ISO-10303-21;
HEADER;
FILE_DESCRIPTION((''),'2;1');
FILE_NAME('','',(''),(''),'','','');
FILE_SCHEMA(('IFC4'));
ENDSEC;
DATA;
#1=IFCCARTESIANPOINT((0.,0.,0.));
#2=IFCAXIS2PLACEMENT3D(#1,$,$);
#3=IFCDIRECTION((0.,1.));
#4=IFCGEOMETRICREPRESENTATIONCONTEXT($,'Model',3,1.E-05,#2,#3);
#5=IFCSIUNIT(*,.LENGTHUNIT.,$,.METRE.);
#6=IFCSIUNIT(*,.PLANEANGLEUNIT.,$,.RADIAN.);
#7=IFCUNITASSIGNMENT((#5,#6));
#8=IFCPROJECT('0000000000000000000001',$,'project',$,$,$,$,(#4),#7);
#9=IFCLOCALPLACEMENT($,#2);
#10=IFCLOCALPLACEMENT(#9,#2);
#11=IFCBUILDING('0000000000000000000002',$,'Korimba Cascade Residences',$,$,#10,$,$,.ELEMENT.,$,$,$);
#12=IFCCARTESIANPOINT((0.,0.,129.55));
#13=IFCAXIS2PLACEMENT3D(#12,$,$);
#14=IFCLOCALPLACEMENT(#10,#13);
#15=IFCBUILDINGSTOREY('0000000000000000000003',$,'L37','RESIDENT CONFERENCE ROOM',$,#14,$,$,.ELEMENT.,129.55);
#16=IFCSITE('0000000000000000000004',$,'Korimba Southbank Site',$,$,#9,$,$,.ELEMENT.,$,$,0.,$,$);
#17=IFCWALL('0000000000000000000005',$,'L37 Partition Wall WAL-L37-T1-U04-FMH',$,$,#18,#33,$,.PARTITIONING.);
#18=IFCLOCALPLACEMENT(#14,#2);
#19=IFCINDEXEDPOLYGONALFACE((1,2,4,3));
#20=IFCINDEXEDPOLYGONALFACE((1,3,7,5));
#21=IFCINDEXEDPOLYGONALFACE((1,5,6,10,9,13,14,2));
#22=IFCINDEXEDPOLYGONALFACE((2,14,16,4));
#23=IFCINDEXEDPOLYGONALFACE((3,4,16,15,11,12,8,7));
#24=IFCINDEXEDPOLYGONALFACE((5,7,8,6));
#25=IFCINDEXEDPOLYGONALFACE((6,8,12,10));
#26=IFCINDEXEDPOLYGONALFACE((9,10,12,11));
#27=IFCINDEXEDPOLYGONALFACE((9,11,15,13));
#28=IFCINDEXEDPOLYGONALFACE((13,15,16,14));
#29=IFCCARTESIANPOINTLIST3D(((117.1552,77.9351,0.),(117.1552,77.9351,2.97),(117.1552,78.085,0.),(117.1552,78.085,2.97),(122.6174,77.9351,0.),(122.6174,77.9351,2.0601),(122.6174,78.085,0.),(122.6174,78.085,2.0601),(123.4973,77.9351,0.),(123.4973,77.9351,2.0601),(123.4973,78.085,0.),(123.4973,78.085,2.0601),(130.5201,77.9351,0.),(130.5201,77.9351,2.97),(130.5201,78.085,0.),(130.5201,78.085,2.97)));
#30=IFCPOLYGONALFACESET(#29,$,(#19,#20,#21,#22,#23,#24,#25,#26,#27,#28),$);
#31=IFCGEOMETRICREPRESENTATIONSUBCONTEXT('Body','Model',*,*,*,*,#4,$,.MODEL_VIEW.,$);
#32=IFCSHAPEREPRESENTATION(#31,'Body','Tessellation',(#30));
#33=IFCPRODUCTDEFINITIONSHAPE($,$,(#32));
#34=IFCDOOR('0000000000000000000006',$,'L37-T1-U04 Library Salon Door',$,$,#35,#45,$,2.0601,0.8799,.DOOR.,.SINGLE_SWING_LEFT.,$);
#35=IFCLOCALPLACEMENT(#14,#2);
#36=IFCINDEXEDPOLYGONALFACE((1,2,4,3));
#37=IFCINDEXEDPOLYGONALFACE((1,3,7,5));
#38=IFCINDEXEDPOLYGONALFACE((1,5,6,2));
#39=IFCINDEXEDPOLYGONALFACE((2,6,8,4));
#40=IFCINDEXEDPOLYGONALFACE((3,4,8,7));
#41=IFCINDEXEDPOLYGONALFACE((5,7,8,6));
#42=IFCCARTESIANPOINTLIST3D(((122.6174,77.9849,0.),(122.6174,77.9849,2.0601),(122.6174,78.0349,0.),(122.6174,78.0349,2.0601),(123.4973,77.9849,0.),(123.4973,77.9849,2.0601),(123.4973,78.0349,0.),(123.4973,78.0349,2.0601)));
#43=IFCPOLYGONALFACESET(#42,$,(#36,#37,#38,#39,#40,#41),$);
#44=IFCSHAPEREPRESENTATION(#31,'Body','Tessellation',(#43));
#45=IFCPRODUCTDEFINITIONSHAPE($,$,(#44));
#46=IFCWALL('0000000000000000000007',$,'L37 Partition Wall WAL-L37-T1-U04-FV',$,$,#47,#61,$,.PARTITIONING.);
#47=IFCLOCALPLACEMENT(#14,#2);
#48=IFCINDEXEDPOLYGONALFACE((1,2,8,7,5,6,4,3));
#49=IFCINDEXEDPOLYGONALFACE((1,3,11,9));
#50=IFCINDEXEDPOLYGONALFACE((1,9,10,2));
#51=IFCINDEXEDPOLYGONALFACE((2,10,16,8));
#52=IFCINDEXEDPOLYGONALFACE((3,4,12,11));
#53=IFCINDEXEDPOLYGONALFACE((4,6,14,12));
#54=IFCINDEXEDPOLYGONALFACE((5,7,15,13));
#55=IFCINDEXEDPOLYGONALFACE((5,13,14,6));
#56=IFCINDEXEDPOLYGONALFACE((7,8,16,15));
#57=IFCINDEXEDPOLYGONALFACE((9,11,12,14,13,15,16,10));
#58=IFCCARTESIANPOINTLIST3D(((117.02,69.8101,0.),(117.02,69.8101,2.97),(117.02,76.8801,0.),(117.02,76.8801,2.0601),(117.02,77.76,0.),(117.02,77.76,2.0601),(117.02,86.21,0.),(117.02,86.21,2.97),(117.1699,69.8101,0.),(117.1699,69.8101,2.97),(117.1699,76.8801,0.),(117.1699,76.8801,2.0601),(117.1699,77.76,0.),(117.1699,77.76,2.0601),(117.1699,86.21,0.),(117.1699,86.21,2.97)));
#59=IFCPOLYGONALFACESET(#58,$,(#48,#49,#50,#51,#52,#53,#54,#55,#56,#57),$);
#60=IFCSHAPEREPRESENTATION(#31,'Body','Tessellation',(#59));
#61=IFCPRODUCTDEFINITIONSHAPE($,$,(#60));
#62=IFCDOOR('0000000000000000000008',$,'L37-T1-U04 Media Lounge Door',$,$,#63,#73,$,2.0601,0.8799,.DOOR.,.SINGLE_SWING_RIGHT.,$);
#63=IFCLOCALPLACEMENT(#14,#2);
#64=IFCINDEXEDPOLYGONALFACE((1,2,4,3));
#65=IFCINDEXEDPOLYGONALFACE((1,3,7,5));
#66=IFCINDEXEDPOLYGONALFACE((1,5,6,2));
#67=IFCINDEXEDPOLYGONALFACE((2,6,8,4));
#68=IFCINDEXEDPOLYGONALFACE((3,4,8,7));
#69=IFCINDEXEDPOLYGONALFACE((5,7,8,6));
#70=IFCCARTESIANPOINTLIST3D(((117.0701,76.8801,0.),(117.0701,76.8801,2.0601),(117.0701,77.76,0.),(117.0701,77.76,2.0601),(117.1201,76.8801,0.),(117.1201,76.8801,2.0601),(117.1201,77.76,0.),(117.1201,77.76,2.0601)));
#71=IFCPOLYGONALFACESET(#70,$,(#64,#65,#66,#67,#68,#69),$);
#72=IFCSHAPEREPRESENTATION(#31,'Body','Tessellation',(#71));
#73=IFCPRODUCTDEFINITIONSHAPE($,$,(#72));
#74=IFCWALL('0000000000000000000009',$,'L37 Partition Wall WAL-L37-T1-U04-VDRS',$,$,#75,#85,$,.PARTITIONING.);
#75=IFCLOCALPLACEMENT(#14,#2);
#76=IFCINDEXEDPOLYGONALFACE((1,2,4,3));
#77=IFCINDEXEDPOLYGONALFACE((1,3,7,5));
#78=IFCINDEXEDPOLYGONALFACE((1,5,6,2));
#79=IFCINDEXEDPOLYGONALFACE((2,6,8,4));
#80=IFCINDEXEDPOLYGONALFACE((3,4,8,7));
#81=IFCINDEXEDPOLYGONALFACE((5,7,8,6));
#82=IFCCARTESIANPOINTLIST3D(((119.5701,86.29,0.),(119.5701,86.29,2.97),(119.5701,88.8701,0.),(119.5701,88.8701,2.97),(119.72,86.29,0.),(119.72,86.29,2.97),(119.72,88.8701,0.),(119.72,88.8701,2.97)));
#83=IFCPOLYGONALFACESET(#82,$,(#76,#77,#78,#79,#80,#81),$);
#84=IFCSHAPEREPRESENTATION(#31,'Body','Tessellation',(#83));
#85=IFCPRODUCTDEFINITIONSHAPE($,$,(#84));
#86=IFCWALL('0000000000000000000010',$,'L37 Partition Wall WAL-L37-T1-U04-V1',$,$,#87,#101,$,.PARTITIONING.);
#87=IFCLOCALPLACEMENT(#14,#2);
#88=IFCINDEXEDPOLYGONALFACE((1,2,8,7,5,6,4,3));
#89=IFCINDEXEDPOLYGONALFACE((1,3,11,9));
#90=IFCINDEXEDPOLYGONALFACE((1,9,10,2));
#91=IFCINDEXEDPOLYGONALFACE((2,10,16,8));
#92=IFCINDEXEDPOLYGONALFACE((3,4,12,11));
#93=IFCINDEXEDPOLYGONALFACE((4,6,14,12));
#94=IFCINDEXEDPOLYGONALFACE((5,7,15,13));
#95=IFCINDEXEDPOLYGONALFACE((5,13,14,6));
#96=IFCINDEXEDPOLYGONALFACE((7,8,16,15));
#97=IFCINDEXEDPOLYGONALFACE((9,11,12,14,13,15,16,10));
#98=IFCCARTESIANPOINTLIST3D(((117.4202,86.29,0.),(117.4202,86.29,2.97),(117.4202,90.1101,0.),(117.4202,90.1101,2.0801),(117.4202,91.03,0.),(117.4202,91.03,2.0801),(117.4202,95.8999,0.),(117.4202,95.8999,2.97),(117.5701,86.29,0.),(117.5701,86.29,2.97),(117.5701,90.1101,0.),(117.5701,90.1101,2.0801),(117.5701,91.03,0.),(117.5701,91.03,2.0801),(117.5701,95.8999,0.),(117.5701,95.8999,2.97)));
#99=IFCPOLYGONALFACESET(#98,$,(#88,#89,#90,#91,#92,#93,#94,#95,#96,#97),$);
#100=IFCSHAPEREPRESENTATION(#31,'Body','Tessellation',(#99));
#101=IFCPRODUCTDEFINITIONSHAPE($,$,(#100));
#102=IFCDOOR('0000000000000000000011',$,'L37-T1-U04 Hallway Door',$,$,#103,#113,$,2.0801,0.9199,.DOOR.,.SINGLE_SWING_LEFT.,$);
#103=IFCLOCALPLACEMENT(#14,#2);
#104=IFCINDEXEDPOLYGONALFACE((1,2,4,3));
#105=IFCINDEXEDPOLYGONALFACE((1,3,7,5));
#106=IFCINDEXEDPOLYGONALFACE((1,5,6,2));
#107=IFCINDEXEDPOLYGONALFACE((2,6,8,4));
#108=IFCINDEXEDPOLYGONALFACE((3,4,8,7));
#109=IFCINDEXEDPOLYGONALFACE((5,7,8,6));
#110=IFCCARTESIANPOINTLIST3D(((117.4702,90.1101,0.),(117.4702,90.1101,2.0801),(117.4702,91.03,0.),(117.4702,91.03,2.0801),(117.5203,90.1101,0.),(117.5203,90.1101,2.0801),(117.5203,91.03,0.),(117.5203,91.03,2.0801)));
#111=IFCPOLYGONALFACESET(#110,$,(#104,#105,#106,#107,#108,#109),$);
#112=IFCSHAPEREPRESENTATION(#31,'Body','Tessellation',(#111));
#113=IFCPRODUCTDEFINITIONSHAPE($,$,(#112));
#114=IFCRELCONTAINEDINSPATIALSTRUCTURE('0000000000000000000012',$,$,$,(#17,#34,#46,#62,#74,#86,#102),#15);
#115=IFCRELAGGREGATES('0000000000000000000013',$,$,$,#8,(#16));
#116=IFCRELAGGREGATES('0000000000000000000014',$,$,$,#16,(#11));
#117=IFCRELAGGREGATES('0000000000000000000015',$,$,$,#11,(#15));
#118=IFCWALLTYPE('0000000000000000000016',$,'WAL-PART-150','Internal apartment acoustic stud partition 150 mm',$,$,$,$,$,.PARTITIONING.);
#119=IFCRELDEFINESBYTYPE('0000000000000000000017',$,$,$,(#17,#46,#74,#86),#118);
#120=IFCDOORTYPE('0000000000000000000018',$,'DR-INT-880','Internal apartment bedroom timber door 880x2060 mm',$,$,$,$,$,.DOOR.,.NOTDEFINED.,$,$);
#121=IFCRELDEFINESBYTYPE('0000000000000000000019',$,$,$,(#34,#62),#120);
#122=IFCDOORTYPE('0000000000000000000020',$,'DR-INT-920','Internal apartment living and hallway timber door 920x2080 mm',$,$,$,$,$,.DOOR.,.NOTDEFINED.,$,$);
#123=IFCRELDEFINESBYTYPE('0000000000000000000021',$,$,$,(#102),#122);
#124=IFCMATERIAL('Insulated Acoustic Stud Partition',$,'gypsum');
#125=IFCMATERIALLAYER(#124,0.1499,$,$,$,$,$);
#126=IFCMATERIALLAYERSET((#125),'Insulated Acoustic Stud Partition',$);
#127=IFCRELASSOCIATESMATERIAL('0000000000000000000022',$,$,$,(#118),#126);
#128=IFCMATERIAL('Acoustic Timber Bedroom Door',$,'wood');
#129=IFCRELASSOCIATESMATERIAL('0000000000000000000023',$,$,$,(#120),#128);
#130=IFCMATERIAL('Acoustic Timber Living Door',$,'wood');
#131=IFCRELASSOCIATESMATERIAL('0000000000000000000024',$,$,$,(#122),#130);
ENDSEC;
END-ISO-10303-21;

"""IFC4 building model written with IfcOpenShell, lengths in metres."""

from ifc_helpers import new_model, si_unit, direction, frame, frame_2d, origin, place, context, subcontext, project, spatial, rectangle, extrude, material, layer, layer_set, type_object, element, fill, save


model = new_model("IFC4")

# Units and contexts
model_context = context("Model", 3, precision=1e-05, world=origin(), true_north=direction((0.0, 1.0)))
body_context = subcontext(model_context, "Body", "Model", "MODEL_VIEW")
ifc_project = project(units=[si_unit("LENGTHUNIT", "METRE"), si_unit("PLANEANGLEUNIT", "RADIAN")], contexts=[model_context])

# Site, building, storey
site_placement = place(None, origin())
site = spatial("IfcSite", under=ifc_project, at=site_placement, Name="Korimba Southbank Site", CompositionType="ELEMENT", RefElevation=0.0)
building_placement = place(site_placement, origin())
building = spatial("IfcBuilding", under=site, at=building_placement, Name="Korimba Cascade Residences", CompositionType="ELEMENT")
storey_placement = place(building_placement, frame((0.0, 0.0, 129.55)))
storey = spatial("IfcBuildingStorey", under=building, at=storey_placement, Name="L37", Description="RESIDENT CONFERENCE ROOM", CompositionType="ELEMENT", Elevation=129.55)

# Shared definitions
ifc_material_1 = material(Name="Insulated Acoustic Stud Partition", Category="gypsum")
ifc_layer_1 = layer(ifc_material_1, 0.1499)
ifc_layer_set_1 = layer_set([ifc_layer_1], Name="Insulated Acoustic Stud Partition")
wall_type_1 = type_object("IfcWallType", Name="WAL-PART-150", Description="Internal apartment acoustic stud partition 150 mm", PredefinedType="PARTITIONING", material=ifc_layer_set_1)
ifc_material_2 = material(Name="Acoustic Timber Bedroom Door", Category="wood")
door_type_1 = type_object("IfcDoorType", Name="DR-INT-880", Description="Internal apartment bedroom timber door 880x2060 mm", OperationType="NOTDEFINED", PredefinedType="DOOR", material=ifc_material_2)

# Walls, openings, doors
wall_1_placement = place(storey_placement, frame((117.155, 78.01, 0.0), z_axis=(0.0, 0.0, 1.0), x_axis=(1.0, 0.0, 0.0)))
wall_1 = element("IfcWall", 1, at=wall_1_placement, inside=storey, type_object=wall_type_1, Name="L37 Partition Wall WAL-L37-T1-U04-FMH", PredefinedType="PARTITIONING", context=body_context, shape_type="SweptSolid", body=[
    extrude(rectangle(XDim=13.365, YDim=0.1499, at=frame_2d((6.6826, 0.0))), origin(), (0.0, 0.0, 1.0), 2.97),
])
opening_1_placement = place(wall_1_placement, frame((5.4624, 0.0, 0.0)))
opening_1 = element("IfcOpeningElement", 2, at=opening_1_placement, cuts=wall_1, PredefinedType="OPENING", context=body_context, shape_type="SweptSolid", body=[
    extrude(rectangle(XDim=0.8799, YDim=2.0601, at=frame_2d((0.4399, 1.03))), frame((0.0, 0.085, 0.0), z_axis=(0.0, -1.0, 0.0), x_axis=(1.0, 0.0, 0.0)), (0.0, 0.0, 1.0), 0.1699),
])
door_1_placement = place(opening_1_placement, origin())
door_1 = element("IfcDoor", 3, at=door_1_placement, inside=storey, type_object=door_type_1, Name="L37-T1-U04 Library Salon Door", OperationType="SINGLE_SWING_LEFT", OverallHeight=2.0601, OverallWidth=0.8799, PredefinedType="DOOR", context=body_context, shape_type="SweptSolid", body=[
    extrude(rectangle(XDim=0.8799, YDim=2.0601, at=frame_2d((0.4399, 1.03))), frame((0.0, 0.0249, 0.0), z_axis=(0.0, -1.0, 0.0), x_axis=(1.0, 0.0, 0.0)), (0.0, 0.0, 1.0), 0.05),
])
fill(opening_1, door_1)
wall_2_placement = place(storey_placement, frame((117.095, 69.8101, 0.0), z_axis=(0.0, 0.0, 1.0), x_axis=(0.0, 1.0, 0.0)))
wall_2 = element("IfcWall", 4, at=wall_2_placement, inside=storey, type_object=wall_type_1, Name="L37 Partition Wall WAL-L37-T1-U04-FV", PredefinedType="PARTITIONING", context=body_context, shape_type="SweptSolid", body=[
    extrude(rectangle(XDim=16.3999, YDim=0.1499, at=frame_2d((8.2, 0.0))), origin(), (0.0, 0.0, 1.0), 2.97),
])
opening_2_placement = place(wall_2_placement, frame((7.0701, 0.0, 0.0)))
opening_2 = element("IfcOpeningElement", 5, at=opening_2_placement, cuts=wall_2, PredefinedType="OPENING", context=body_context, shape_type="SweptSolid", body=[
    extrude(rectangle(XDim=0.8799, YDim=2.0601, at=frame_2d((0.4399, 1.03))), frame((0.0, 0.085, 0.0), z_axis=(0.0, -1.0, 0.0), x_axis=(1.0, 0.0, 0.0)), (0.0, 0.0, 1.0), 0.1699),
])
door_2_placement = place(opening_2_placement, origin())
door_2 = element("IfcDoor", 6, at=door_2_placement, inside=storey, type_object=door_type_1, Name="L37-T1-U04 Media Lounge Door", OperationType="SINGLE_SWING_RIGHT", OverallHeight=2.0601, OverallWidth=0.8799, PredefinedType="DOOR", context=body_context, shape_type="SweptSolid", body=[
    extrude(rectangle(XDim=0.8799, YDim=2.0601, at=frame_2d((0.4399, 1.03))), frame((0.0, 0.0249, 0.0), z_axis=(0.0, -1.0, 0.0), x_axis=(1.0, 0.0, 0.0)), (0.0, 0.0, 1.0), 0.05),
])
fill(opening_2, door_2)

# Wall
wall_3_placement = place(storey_placement, frame((119.645, 86.29, 0.0), z_axis=(0.0, 0.0, 1.0), x_axis=(0.0, 1.0, 0.0)))
element("IfcWall", 7, at=wall_3_placement, inside=storey, type_object=wall_type_1, Name="L37 Partition Wall WAL-L37-T1-U04-VDRS", PredefinedType="PARTITIONING", context=body_context, shape_type="SweptSolid", body=[
    extrude(rectangle(XDim=2.5801, YDim=0.1499, at=frame_2d((1.29, 0.0))), origin(), (0.0, 0.0, 1.0), 2.97),
])

# Wall, opening, door
wall_4_placement = place(storey_placement, frame((117.4951, 86.29, 0.0), z_axis=(0.0, 0.0, 1.0), x_axis=(0.0, 1.0, 0.0)))
wall_4 = element("IfcWall", 8, at=wall_4_placement, inside=storey, type_object=wall_type_1, Name="L37 Partition Wall WAL-L37-T1-U04-V1", PredefinedType="PARTITIONING", context=body_context, shape_type="SweptSolid", body=[
    extrude(rectangle(XDim=9.6099, YDim=0.1499, at=frame_2d((4.8049, 0.0))), origin(), (0.0, 0.0, 1.0), 2.97),
])
opening_3_placement = place(wall_4_placement, frame((3.8201, 0.0, 0.0)))
opening_3 = element("IfcOpeningElement", 9, at=opening_3_placement, cuts=wall_4, PredefinedType="OPENING", context=body_context, shape_type="SweptSolid", body=[
    extrude(rectangle(XDim=0.9199, YDim=2.0801, at=frame_2d((0.46, 1.04))), frame((0.0, 0.085, 0.0), z_axis=(0.0, -1.0, 0.0), x_axis=(1.0, 0.0, 0.0)), (0.0, 0.0, 1.0), 0.1699),
])
ifc_material_3 = material(Name="Acoustic Timber Living Door", Category="wood")
door_type_2 = type_object("IfcDoorType", Name="DR-INT-920", Description="Internal apartment living and hallway timber door 920x2080 mm", OperationType="NOTDEFINED", PredefinedType="DOOR", material=ifc_material_3)
door_3_placement = place(opening_3_placement, origin())
door_3 = element("IfcDoor", 10, at=door_3_placement, inside=storey, type_object=door_type_2, Name="L37-T1-U04 Hallway Door", OperationType="SINGLE_SWING_LEFT", OverallHeight=2.0801, OverallWidth=0.9199, PredefinedType="DOOR", context=body_context, shape_type="SweptSolid", body=[
    extrude(rectangle(XDim=0.9199, YDim=2.0801, at=frame_2d((0.46, 1.04))), frame((0.0, 0.0249, 0.0), z_axis=(0.0, -1.0, 0.0), x_axis=(1.0, 0.0, 0.0)), (0.0, 0.0, 1.0), 0.05),
])
fill(opening_3, door_3)

save(model, "model.ifc")
